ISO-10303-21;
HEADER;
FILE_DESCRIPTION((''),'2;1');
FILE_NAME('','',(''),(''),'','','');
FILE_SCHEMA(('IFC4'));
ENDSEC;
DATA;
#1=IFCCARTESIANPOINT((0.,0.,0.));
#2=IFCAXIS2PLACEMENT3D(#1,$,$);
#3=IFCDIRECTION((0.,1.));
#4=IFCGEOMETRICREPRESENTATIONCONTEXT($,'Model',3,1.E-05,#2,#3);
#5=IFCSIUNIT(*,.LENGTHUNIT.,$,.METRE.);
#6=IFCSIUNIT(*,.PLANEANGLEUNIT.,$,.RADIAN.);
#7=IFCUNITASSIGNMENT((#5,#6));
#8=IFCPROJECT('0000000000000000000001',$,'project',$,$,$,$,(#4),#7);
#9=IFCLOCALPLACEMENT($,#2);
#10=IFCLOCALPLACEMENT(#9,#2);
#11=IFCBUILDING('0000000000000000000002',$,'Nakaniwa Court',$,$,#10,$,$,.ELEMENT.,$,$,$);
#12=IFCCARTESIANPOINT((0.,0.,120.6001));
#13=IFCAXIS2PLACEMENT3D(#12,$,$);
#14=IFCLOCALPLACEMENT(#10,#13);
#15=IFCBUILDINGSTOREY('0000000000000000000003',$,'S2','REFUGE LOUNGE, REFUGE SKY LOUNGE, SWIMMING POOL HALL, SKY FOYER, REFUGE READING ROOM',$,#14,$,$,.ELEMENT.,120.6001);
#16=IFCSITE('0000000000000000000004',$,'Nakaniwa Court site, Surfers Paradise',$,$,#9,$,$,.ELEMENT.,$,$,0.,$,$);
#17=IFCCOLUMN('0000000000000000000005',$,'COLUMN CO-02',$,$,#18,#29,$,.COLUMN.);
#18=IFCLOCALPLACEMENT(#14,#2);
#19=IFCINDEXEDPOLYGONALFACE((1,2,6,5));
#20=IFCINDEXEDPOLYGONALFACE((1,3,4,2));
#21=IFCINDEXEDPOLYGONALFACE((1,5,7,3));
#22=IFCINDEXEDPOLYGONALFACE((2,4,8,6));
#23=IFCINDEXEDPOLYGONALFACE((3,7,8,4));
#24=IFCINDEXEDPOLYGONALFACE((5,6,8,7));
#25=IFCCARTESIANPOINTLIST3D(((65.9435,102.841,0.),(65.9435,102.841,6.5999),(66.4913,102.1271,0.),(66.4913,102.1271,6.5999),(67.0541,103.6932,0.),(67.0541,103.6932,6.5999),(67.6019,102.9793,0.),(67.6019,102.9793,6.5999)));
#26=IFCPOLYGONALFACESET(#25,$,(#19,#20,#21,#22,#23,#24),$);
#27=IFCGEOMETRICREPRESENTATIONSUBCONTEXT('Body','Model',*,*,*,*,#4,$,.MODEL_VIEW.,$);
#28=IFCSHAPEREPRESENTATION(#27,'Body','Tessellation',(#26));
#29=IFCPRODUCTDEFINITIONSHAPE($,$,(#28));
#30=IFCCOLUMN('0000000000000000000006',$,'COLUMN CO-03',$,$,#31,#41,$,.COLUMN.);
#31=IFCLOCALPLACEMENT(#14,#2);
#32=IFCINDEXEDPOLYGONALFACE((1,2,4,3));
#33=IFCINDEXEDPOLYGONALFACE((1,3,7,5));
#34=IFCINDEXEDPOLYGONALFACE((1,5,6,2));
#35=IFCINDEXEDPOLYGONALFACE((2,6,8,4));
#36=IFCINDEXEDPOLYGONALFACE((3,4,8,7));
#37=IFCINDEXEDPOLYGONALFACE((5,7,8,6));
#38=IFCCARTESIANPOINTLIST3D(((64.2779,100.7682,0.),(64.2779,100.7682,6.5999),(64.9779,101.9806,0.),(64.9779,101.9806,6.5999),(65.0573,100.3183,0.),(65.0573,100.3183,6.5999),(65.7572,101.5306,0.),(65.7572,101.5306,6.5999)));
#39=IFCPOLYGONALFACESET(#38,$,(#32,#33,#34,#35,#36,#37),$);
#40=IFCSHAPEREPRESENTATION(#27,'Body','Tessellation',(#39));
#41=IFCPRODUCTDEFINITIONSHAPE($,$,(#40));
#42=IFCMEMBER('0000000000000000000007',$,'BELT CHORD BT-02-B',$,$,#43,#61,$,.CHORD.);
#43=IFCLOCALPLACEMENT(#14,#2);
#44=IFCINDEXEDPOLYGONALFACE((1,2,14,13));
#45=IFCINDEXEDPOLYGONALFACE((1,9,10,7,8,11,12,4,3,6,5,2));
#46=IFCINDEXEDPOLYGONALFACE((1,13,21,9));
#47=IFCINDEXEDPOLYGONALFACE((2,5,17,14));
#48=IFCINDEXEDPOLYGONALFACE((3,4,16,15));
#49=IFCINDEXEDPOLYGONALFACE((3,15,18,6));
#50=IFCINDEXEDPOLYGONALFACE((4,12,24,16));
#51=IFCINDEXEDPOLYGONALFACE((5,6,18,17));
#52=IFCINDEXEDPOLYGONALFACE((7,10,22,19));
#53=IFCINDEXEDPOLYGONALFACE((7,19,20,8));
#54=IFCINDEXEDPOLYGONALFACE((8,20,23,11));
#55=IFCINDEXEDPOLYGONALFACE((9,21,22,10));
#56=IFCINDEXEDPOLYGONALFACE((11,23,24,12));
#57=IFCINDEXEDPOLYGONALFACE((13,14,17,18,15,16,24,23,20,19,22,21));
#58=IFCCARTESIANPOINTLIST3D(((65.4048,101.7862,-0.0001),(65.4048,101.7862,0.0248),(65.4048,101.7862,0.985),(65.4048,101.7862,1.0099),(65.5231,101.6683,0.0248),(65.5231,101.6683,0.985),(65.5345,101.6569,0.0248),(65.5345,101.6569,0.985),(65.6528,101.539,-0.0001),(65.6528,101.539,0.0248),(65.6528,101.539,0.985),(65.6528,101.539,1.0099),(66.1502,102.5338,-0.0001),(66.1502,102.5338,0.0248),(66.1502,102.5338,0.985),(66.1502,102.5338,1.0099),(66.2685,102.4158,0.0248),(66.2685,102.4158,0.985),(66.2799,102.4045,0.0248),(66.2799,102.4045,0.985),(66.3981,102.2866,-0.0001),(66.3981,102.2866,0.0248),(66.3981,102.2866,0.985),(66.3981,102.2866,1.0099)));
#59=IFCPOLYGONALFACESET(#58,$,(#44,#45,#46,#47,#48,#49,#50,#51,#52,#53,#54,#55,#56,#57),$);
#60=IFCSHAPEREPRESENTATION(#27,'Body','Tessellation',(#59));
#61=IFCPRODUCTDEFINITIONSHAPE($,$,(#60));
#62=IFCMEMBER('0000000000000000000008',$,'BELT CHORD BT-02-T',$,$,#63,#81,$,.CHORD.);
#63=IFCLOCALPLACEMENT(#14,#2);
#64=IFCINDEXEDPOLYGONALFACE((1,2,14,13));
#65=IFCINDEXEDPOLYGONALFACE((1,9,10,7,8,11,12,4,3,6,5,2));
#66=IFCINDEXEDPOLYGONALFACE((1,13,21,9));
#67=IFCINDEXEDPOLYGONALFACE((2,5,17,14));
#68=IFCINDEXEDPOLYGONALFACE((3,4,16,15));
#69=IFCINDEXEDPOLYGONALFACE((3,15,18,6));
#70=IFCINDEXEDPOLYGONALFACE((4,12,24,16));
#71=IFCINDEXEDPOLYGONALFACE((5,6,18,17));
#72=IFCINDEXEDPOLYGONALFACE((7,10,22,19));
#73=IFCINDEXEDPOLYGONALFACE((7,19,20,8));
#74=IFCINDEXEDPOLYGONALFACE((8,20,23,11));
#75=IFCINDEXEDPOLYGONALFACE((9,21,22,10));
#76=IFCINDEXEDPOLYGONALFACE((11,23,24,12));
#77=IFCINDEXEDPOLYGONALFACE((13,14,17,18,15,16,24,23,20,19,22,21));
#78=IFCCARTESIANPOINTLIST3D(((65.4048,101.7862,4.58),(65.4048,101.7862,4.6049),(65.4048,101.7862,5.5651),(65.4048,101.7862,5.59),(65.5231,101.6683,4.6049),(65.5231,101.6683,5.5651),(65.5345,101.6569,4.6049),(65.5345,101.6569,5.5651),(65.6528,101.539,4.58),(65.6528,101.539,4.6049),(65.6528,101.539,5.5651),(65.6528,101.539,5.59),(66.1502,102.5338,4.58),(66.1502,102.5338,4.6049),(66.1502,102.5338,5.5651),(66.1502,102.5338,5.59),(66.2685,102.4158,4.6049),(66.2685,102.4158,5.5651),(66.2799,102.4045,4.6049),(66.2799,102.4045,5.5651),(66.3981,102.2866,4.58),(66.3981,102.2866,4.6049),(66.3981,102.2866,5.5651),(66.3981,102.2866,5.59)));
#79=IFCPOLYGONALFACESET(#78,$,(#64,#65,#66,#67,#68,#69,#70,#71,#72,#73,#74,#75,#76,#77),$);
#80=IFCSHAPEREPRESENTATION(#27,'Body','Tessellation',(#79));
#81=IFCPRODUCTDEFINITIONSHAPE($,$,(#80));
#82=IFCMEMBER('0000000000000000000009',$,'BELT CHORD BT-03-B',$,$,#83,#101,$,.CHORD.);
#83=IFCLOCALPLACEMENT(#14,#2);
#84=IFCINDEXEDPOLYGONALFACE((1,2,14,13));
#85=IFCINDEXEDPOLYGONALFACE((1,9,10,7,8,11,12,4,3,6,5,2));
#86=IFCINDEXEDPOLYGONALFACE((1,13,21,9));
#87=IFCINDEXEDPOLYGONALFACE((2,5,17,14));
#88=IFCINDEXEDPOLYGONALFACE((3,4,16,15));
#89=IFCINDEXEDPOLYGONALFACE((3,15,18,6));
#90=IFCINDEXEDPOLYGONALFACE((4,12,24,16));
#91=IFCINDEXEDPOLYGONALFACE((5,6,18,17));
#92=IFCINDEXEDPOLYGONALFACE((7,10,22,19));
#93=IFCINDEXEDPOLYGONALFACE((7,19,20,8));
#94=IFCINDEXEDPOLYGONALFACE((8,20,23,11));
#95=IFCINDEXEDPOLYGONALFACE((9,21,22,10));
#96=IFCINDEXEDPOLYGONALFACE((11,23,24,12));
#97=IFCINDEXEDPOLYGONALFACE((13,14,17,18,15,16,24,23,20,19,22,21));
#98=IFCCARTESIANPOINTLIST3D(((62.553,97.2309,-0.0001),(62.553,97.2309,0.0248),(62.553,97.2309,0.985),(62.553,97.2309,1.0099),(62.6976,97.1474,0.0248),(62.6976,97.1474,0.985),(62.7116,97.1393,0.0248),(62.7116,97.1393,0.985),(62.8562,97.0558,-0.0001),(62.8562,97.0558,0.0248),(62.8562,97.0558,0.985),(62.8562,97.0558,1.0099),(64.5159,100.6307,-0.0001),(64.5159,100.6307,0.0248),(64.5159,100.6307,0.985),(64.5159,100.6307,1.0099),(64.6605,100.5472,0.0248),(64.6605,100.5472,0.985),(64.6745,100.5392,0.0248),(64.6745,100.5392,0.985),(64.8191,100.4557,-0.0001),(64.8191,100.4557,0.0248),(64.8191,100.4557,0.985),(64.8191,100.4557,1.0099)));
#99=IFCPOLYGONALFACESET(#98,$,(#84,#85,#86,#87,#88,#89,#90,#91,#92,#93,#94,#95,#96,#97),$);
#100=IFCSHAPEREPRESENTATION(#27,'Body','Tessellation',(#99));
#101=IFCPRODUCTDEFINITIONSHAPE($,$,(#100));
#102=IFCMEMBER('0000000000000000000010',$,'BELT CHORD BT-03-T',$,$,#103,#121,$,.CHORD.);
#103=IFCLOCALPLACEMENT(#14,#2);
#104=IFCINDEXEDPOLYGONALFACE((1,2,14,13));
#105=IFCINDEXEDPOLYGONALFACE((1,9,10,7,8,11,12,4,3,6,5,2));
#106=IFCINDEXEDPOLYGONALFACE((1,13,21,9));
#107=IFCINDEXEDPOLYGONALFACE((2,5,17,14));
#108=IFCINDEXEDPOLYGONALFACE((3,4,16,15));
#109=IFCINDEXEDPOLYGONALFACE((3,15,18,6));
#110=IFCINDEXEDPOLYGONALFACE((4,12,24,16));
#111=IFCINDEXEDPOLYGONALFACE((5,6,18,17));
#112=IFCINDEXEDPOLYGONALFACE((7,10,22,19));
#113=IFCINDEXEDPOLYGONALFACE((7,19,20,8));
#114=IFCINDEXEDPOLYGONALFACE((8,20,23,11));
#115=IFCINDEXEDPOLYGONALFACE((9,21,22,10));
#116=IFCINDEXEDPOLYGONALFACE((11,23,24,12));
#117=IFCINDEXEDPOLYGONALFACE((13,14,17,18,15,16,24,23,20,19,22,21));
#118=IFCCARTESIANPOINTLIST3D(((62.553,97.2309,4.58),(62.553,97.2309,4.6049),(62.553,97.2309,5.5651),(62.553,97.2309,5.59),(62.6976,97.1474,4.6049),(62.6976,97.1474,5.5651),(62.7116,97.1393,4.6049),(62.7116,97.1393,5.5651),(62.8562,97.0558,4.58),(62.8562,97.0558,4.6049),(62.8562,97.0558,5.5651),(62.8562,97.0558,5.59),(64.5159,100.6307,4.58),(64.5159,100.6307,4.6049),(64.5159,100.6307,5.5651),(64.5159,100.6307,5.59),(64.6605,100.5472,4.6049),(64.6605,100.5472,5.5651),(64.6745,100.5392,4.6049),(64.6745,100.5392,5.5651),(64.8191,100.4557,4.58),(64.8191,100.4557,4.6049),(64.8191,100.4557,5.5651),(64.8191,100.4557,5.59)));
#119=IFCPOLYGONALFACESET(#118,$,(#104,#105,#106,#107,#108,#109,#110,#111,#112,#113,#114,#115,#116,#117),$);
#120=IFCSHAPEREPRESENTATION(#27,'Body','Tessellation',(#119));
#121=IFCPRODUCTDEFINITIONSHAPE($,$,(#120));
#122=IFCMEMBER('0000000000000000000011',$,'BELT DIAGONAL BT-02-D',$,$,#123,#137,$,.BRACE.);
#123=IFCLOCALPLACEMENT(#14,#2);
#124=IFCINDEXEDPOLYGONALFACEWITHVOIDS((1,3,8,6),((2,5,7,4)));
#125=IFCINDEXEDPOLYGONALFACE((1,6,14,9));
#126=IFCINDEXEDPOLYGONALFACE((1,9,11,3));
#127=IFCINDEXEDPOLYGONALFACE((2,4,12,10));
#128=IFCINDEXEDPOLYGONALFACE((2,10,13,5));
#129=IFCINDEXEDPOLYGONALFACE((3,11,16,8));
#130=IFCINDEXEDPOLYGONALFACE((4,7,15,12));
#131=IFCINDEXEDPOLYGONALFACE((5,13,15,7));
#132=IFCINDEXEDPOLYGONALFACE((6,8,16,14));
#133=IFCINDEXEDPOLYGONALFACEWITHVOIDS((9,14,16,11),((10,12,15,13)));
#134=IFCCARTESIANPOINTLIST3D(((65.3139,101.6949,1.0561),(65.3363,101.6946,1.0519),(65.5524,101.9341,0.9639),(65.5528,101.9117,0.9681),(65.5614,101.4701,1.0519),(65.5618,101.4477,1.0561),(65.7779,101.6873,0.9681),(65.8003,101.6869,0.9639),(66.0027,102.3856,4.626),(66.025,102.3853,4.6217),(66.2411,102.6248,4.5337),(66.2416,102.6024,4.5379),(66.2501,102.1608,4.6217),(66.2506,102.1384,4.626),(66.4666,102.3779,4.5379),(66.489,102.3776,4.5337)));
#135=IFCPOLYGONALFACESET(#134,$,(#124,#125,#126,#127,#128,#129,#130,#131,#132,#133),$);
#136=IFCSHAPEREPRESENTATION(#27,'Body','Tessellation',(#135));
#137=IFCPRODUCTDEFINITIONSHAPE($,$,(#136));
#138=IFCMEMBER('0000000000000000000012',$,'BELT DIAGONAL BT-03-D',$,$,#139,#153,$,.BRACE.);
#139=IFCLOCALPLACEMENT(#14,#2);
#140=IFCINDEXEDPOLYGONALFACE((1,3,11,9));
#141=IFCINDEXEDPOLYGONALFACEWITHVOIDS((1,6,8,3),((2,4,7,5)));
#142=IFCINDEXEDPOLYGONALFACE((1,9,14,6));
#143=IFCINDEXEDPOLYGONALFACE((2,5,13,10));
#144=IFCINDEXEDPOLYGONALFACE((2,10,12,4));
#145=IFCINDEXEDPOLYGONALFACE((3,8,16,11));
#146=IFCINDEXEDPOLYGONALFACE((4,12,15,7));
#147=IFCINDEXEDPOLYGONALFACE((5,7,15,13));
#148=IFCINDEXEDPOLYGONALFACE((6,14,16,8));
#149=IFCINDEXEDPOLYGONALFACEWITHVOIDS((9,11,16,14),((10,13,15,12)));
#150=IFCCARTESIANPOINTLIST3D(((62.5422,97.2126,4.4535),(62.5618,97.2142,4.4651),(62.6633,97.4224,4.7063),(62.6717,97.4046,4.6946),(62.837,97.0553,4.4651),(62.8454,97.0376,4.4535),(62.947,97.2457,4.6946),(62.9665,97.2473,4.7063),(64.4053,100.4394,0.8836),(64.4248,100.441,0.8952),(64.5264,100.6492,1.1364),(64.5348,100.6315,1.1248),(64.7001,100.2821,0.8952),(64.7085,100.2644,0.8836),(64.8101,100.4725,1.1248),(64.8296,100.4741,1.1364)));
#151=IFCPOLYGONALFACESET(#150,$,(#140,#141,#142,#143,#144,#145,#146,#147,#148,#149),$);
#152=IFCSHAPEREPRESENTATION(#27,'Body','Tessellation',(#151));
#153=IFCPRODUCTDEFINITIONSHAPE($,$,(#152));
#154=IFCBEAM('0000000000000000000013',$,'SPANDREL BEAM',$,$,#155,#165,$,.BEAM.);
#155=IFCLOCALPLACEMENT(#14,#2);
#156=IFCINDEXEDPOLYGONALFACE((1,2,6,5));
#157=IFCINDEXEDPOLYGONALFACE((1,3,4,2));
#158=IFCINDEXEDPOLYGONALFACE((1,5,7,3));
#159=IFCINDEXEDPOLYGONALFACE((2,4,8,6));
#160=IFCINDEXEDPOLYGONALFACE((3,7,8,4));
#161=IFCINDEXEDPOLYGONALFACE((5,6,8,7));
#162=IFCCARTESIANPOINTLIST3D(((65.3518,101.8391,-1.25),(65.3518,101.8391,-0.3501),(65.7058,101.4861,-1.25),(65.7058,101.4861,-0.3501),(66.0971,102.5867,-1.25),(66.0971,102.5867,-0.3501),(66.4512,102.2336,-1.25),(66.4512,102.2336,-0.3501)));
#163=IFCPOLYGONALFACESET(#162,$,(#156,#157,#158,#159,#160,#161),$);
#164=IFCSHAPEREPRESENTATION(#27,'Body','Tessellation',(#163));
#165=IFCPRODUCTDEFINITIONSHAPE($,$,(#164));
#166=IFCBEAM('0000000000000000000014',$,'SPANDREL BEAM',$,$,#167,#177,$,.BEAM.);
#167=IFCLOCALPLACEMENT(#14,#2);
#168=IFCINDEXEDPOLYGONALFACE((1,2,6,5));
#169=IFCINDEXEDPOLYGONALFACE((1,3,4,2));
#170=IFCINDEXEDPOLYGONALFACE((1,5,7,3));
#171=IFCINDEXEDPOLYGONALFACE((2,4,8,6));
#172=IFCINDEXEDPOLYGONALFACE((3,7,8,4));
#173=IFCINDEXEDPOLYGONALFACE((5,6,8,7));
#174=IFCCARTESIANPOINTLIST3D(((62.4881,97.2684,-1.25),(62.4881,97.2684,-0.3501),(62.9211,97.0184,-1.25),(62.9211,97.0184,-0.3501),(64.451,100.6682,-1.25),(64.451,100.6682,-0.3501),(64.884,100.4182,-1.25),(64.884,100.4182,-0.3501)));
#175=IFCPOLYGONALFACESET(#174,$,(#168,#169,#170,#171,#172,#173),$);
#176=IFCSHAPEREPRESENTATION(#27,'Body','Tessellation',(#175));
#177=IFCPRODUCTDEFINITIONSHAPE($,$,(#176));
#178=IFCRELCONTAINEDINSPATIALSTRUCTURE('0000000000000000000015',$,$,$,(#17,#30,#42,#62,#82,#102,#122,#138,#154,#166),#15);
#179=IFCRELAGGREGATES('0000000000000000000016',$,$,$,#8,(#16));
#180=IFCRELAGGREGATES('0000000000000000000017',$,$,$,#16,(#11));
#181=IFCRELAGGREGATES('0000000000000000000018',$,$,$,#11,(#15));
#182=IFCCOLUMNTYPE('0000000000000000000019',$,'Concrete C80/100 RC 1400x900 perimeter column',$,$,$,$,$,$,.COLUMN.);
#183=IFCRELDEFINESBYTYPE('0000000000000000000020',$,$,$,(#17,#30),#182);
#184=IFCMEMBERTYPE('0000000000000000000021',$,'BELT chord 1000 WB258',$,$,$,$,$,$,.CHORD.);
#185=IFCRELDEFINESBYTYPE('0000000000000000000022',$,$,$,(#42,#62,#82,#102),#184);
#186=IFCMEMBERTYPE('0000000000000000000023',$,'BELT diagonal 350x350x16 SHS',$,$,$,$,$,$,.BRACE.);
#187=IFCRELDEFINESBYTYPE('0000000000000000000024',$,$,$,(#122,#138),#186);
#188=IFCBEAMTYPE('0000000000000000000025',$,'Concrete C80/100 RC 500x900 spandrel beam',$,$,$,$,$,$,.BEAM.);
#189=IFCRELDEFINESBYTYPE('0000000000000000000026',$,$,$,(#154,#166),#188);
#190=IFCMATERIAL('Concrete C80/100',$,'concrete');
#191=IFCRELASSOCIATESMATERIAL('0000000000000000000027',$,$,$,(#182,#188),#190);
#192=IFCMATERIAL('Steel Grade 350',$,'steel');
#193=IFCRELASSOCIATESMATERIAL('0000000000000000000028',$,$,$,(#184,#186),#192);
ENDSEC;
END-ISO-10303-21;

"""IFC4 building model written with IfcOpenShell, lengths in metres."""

from ifc_helpers import new_model, si_unit, direction, frame, origin, origin_2d, place, context, subcontext, project, spatial, rectangle, hollow_rectangle, i_section, extrude, material, material_profile, profile_set, type_object, element, save


model = new_model("IFC4")

# Units and contexts
model_context = context("Model", 3, precision=1e-05, world=origin(), true_north=direction((0.0, 1.0)))
body_context = subcontext(model_context, "Body", "Model", "MODEL_VIEW")
ifc_project = project(units=[si_unit("LENGTHUNIT", "METRE"), si_unit("PLANEANGLEUNIT", "RADIAN")], contexts=[model_context])

# Site, building, storey
site_placement = place(None, origin())
site = spatial("IfcSite", under=ifc_project, at=site_placement, Name="Nakaniwa Court site, Surfers Paradise", CompositionType="ELEMENT", RefElevation=0.0)
building_placement = place(site_placement, origin())
building = spatial("IfcBuilding", under=site, at=building_placement, Name="Nakaniwa Court", CompositionType="ELEMENT")
storey_placement = place(building_placement, frame((0.0, 0.0, 120.6001)))
storey = spatial("IfcBuildingStorey", under=building, at=storey_placement, Name="S2", Description="REFUGE LOUNGE, REFUGE SKY LOUNGE, SWIMMING POOL HALL, SKY FOYER, REFUGE READING ROOM", CompositionType="ELEMENT", Elevation=120.6001)

# Columns
ifc_material_1 = material(Name="Concrete C80/100", Category="concrete")
ifc_material_profile_1 = material_profile(ifc_material_1, rectangle(XDim=1.3999, YDim=0.8999, at=origin_2d()), Name="Concrete C80/100 RC 1400x900 perimeter column")
ifc_profile_set_1 = profile_set([ifc_material_profile_1], Name="Concrete C80/100")
column_type = type_object("IfcColumnType", Name="Concrete C80/100 RC 1400x900 perimeter column", PredefinedType="COLUMN", material=ifc_profile_set_1)
for number, where, z_axis, x_axis, name in (
    (1, (66.7727, 102.9102, 0.0), (0.0, 0.0, 1.0), (-0.793364, -0.608748, 0.0), "COLUMN CO-02"),
    (2, (65.0176, 101.1494, 0.0), (0.0, 0.0, 1.0), (-0.5, -0.866025, 0.0), "COLUMN CO-03"),
):
    element("IfcColumn", number, at=place(storey_placement, frame(where, z_axis=z_axis, x_axis=x_axis)), inside=storey, type_object=column_type, Name=name, PredefinedType="COLUMN", context=body_context, shape_type="SweptSolid", body=[
        extrude(rectangle(XDim=1.3999, YDim=0.8999, at=origin_2d()), origin(), (0.0, 0.0, 1.0), 6.5999),
    ])

# Members
ifc_material_2 = material(Name="Steel Grade 350", Category="steel")
ifc_material_profile_2 = material_profile(ifc_material_2, i_section(OverallWidth=0.3501, OverallDepth=1.01, WebThickness=0.0161, FlangeThickness=0.0249, at=origin_2d()), Name="1000WB258")
ifc_profile_set_2 = profile_set([ifc_material_profile_2], Name="Steel Grade 350")
member_type_1 = type_object("IfcMemberType", Name="BELT chord 1000 WB258", PredefinedType="CHORD", material=ifc_profile_set_2)
for number, where, z_axis, x_axis, name in (
    (3, (66.2742, 102.4102, 0.5049), (-0.706065, -0.708147, 0.0), (0.708147, -0.706065, 0.0), "BELT CHORD BT-02-B"),
    (4, (66.2742, 102.4102, 5.085), (-0.706065, -0.708147, 0.0), (0.708147, -0.706065, 0.0), "BELT CHORD BT-02-T"),
):
    element("IfcMember", number, at=place(storey_placement, frame(where, z_axis=z_axis, x_axis=x_axis)), inside=storey, type_object=member_type_1, Name=name, PredefinedType="CHORD", context=body_context, shape_type="SweptSolid", body=[
        extrude(i_section(OverallWidth=0.3501, OverallDepth=1.01, WebThickness=0.0161, FlangeThickness=0.0249, at=origin_2d()), origin(), (0.0, 0.0, 1.0), 1.0557),
    ])
for number, where, z_axis, x_axis, name in (
    (5, (64.6675, 100.5432, 0.5049), (-0.499992, -0.86603, 0.0), (0.86603, -0.499992, 0.0), "BELT CHORD BT-03-B"),
    (6, (64.6675, 100.5432, 5.085), (-0.499992, -0.86603, 0.0), (0.86603, -0.499992, 0.0), "BELT CHORD BT-03-T"),
):
    element("IfcMember", number, at=place(storey_placement, frame(where, z_axis=z_axis, x_axis=x_axis)), inside=storey, type_object=member_type_1, Name=name, PredefinedType="CHORD", context=body_context, shape_type="SweptSolid", body=[
        extrude(i_section(OverallWidth=0.3501, OverallDepth=1.01, WebThickness=0.0161, FlangeThickness=0.0249, at=origin_2d()), origin(), (0.0, 0.0, 1.0), 3.9258),
    ])
ifc_material_profile_3 = material_profile(ifc_material_2, hollow_rectangle(XDim=0.3501, YDim=0.3501, WallThickness=0.0161, at=origin_2d()), Name="BELT diagonal 350x350x16 SHS")
ifc_profile_set_3 = profile_set([ifc_material_profile_3], Name="Steel Grade 350")
member_type_2 = type_object("IfcMemberType", Name="BELT diagonal 350x350x16 SHS", PredefinedType="BRACE", material=ifc_profile_set_3)
member_1_placement = place(storey_placement, frame((66.2458, 102.3816, 4.5798), z_axis=(-0.186107, -0.186634, -0.964641), x_axis=(0.708107, -0.706105, 0.0)))
element("IfcMember", 7, at=member_1_placement, inside=storey, type_object=member_type_2, Name="BELT DIAGONAL BT-02-D", PredefinedType="BRACE", context=body_context, shape_type="SweptSolid", body=[
    extrude(hollow_rectangle(XDim=0.3501, YDim=0.3501, WallThickness=0.0161, at=origin_2d()), origin(), (0.0, 0.0, 1.0), 3.7007),
])
member_2_placement = place(storey_placement, frame((64.6174, 100.4568, 1.01), z_axis=(-0.361045, -0.625336, 0.69181), x_axis=(0.866021, -0.500008, 0.0)))
element("IfcMember", 8, at=member_2_placement, inside=storey, type_object=member_type_2, Name="BELT DIAGONAL BT-03-D", PredefinedType="BRACE", context=body_context, shape_type="SweptSolid", body=[
    extrude(hollow_rectangle(XDim=0.3501, YDim=0.3501, WallThickness=0.0161, at=origin_2d()), origin(), (0.0, 0.0, 1.0), 5.1602),
])

# Beams
ifc_material_profile_4 = material_profile(ifc_material_1, rectangle(XDim=0.5, YDim=0.8999, at=origin_2d()), Name="Concrete C80/100 RC 500x900 spandrel beam")
ifc_profile_set_4 = profile_set([ifc_material_profile_4], Name="Concrete C80/100")
beam_type = type_object("IfcBeamType", Name="Concrete C80/100 RC 500x900 spandrel beam", PredefinedType="BEAM", material=ifc_profile_set_4)
beam_1_placement = place(storey_placement, frame((66.2742, 102.4102, -0.8), z_axis=(-0.706065, -0.708147, 0.0), x_axis=(0.708147, -0.706065, 0.0)))
element("IfcBeam", 9, at=beam_1_placement, inside=storey, type_object=beam_type, Name="SPANDREL BEAM", PredefinedType="BEAM", context=body_context, shape_type="SweptSolid", body=[
    extrude(rectangle(XDim=0.5, YDim=0.8999, at=origin_2d()), origin(), (0.0, 0.0, 1.0), 1.0557),
])
beam_2_placement = place(storey_placement, frame((64.6675, 100.5432, -0.8), z_axis=(-0.499992, -0.86603, 0.0), x_axis=(0.86603, -0.499992, 0.0)))
element("IfcBeam", 10, at=beam_2_placement, inside=storey, type_object=beam_type, Name="SPANDREL BEAM", PredefinedType="BEAM", context=body_context, shape_type="SweptSolid", body=[
    extrude(rectangle(XDim=0.5, YDim=0.8999, at=origin_2d()), origin(), (0.0, 0.0, 1.0), 3.9258),
])

save(model, "model.ifc")
